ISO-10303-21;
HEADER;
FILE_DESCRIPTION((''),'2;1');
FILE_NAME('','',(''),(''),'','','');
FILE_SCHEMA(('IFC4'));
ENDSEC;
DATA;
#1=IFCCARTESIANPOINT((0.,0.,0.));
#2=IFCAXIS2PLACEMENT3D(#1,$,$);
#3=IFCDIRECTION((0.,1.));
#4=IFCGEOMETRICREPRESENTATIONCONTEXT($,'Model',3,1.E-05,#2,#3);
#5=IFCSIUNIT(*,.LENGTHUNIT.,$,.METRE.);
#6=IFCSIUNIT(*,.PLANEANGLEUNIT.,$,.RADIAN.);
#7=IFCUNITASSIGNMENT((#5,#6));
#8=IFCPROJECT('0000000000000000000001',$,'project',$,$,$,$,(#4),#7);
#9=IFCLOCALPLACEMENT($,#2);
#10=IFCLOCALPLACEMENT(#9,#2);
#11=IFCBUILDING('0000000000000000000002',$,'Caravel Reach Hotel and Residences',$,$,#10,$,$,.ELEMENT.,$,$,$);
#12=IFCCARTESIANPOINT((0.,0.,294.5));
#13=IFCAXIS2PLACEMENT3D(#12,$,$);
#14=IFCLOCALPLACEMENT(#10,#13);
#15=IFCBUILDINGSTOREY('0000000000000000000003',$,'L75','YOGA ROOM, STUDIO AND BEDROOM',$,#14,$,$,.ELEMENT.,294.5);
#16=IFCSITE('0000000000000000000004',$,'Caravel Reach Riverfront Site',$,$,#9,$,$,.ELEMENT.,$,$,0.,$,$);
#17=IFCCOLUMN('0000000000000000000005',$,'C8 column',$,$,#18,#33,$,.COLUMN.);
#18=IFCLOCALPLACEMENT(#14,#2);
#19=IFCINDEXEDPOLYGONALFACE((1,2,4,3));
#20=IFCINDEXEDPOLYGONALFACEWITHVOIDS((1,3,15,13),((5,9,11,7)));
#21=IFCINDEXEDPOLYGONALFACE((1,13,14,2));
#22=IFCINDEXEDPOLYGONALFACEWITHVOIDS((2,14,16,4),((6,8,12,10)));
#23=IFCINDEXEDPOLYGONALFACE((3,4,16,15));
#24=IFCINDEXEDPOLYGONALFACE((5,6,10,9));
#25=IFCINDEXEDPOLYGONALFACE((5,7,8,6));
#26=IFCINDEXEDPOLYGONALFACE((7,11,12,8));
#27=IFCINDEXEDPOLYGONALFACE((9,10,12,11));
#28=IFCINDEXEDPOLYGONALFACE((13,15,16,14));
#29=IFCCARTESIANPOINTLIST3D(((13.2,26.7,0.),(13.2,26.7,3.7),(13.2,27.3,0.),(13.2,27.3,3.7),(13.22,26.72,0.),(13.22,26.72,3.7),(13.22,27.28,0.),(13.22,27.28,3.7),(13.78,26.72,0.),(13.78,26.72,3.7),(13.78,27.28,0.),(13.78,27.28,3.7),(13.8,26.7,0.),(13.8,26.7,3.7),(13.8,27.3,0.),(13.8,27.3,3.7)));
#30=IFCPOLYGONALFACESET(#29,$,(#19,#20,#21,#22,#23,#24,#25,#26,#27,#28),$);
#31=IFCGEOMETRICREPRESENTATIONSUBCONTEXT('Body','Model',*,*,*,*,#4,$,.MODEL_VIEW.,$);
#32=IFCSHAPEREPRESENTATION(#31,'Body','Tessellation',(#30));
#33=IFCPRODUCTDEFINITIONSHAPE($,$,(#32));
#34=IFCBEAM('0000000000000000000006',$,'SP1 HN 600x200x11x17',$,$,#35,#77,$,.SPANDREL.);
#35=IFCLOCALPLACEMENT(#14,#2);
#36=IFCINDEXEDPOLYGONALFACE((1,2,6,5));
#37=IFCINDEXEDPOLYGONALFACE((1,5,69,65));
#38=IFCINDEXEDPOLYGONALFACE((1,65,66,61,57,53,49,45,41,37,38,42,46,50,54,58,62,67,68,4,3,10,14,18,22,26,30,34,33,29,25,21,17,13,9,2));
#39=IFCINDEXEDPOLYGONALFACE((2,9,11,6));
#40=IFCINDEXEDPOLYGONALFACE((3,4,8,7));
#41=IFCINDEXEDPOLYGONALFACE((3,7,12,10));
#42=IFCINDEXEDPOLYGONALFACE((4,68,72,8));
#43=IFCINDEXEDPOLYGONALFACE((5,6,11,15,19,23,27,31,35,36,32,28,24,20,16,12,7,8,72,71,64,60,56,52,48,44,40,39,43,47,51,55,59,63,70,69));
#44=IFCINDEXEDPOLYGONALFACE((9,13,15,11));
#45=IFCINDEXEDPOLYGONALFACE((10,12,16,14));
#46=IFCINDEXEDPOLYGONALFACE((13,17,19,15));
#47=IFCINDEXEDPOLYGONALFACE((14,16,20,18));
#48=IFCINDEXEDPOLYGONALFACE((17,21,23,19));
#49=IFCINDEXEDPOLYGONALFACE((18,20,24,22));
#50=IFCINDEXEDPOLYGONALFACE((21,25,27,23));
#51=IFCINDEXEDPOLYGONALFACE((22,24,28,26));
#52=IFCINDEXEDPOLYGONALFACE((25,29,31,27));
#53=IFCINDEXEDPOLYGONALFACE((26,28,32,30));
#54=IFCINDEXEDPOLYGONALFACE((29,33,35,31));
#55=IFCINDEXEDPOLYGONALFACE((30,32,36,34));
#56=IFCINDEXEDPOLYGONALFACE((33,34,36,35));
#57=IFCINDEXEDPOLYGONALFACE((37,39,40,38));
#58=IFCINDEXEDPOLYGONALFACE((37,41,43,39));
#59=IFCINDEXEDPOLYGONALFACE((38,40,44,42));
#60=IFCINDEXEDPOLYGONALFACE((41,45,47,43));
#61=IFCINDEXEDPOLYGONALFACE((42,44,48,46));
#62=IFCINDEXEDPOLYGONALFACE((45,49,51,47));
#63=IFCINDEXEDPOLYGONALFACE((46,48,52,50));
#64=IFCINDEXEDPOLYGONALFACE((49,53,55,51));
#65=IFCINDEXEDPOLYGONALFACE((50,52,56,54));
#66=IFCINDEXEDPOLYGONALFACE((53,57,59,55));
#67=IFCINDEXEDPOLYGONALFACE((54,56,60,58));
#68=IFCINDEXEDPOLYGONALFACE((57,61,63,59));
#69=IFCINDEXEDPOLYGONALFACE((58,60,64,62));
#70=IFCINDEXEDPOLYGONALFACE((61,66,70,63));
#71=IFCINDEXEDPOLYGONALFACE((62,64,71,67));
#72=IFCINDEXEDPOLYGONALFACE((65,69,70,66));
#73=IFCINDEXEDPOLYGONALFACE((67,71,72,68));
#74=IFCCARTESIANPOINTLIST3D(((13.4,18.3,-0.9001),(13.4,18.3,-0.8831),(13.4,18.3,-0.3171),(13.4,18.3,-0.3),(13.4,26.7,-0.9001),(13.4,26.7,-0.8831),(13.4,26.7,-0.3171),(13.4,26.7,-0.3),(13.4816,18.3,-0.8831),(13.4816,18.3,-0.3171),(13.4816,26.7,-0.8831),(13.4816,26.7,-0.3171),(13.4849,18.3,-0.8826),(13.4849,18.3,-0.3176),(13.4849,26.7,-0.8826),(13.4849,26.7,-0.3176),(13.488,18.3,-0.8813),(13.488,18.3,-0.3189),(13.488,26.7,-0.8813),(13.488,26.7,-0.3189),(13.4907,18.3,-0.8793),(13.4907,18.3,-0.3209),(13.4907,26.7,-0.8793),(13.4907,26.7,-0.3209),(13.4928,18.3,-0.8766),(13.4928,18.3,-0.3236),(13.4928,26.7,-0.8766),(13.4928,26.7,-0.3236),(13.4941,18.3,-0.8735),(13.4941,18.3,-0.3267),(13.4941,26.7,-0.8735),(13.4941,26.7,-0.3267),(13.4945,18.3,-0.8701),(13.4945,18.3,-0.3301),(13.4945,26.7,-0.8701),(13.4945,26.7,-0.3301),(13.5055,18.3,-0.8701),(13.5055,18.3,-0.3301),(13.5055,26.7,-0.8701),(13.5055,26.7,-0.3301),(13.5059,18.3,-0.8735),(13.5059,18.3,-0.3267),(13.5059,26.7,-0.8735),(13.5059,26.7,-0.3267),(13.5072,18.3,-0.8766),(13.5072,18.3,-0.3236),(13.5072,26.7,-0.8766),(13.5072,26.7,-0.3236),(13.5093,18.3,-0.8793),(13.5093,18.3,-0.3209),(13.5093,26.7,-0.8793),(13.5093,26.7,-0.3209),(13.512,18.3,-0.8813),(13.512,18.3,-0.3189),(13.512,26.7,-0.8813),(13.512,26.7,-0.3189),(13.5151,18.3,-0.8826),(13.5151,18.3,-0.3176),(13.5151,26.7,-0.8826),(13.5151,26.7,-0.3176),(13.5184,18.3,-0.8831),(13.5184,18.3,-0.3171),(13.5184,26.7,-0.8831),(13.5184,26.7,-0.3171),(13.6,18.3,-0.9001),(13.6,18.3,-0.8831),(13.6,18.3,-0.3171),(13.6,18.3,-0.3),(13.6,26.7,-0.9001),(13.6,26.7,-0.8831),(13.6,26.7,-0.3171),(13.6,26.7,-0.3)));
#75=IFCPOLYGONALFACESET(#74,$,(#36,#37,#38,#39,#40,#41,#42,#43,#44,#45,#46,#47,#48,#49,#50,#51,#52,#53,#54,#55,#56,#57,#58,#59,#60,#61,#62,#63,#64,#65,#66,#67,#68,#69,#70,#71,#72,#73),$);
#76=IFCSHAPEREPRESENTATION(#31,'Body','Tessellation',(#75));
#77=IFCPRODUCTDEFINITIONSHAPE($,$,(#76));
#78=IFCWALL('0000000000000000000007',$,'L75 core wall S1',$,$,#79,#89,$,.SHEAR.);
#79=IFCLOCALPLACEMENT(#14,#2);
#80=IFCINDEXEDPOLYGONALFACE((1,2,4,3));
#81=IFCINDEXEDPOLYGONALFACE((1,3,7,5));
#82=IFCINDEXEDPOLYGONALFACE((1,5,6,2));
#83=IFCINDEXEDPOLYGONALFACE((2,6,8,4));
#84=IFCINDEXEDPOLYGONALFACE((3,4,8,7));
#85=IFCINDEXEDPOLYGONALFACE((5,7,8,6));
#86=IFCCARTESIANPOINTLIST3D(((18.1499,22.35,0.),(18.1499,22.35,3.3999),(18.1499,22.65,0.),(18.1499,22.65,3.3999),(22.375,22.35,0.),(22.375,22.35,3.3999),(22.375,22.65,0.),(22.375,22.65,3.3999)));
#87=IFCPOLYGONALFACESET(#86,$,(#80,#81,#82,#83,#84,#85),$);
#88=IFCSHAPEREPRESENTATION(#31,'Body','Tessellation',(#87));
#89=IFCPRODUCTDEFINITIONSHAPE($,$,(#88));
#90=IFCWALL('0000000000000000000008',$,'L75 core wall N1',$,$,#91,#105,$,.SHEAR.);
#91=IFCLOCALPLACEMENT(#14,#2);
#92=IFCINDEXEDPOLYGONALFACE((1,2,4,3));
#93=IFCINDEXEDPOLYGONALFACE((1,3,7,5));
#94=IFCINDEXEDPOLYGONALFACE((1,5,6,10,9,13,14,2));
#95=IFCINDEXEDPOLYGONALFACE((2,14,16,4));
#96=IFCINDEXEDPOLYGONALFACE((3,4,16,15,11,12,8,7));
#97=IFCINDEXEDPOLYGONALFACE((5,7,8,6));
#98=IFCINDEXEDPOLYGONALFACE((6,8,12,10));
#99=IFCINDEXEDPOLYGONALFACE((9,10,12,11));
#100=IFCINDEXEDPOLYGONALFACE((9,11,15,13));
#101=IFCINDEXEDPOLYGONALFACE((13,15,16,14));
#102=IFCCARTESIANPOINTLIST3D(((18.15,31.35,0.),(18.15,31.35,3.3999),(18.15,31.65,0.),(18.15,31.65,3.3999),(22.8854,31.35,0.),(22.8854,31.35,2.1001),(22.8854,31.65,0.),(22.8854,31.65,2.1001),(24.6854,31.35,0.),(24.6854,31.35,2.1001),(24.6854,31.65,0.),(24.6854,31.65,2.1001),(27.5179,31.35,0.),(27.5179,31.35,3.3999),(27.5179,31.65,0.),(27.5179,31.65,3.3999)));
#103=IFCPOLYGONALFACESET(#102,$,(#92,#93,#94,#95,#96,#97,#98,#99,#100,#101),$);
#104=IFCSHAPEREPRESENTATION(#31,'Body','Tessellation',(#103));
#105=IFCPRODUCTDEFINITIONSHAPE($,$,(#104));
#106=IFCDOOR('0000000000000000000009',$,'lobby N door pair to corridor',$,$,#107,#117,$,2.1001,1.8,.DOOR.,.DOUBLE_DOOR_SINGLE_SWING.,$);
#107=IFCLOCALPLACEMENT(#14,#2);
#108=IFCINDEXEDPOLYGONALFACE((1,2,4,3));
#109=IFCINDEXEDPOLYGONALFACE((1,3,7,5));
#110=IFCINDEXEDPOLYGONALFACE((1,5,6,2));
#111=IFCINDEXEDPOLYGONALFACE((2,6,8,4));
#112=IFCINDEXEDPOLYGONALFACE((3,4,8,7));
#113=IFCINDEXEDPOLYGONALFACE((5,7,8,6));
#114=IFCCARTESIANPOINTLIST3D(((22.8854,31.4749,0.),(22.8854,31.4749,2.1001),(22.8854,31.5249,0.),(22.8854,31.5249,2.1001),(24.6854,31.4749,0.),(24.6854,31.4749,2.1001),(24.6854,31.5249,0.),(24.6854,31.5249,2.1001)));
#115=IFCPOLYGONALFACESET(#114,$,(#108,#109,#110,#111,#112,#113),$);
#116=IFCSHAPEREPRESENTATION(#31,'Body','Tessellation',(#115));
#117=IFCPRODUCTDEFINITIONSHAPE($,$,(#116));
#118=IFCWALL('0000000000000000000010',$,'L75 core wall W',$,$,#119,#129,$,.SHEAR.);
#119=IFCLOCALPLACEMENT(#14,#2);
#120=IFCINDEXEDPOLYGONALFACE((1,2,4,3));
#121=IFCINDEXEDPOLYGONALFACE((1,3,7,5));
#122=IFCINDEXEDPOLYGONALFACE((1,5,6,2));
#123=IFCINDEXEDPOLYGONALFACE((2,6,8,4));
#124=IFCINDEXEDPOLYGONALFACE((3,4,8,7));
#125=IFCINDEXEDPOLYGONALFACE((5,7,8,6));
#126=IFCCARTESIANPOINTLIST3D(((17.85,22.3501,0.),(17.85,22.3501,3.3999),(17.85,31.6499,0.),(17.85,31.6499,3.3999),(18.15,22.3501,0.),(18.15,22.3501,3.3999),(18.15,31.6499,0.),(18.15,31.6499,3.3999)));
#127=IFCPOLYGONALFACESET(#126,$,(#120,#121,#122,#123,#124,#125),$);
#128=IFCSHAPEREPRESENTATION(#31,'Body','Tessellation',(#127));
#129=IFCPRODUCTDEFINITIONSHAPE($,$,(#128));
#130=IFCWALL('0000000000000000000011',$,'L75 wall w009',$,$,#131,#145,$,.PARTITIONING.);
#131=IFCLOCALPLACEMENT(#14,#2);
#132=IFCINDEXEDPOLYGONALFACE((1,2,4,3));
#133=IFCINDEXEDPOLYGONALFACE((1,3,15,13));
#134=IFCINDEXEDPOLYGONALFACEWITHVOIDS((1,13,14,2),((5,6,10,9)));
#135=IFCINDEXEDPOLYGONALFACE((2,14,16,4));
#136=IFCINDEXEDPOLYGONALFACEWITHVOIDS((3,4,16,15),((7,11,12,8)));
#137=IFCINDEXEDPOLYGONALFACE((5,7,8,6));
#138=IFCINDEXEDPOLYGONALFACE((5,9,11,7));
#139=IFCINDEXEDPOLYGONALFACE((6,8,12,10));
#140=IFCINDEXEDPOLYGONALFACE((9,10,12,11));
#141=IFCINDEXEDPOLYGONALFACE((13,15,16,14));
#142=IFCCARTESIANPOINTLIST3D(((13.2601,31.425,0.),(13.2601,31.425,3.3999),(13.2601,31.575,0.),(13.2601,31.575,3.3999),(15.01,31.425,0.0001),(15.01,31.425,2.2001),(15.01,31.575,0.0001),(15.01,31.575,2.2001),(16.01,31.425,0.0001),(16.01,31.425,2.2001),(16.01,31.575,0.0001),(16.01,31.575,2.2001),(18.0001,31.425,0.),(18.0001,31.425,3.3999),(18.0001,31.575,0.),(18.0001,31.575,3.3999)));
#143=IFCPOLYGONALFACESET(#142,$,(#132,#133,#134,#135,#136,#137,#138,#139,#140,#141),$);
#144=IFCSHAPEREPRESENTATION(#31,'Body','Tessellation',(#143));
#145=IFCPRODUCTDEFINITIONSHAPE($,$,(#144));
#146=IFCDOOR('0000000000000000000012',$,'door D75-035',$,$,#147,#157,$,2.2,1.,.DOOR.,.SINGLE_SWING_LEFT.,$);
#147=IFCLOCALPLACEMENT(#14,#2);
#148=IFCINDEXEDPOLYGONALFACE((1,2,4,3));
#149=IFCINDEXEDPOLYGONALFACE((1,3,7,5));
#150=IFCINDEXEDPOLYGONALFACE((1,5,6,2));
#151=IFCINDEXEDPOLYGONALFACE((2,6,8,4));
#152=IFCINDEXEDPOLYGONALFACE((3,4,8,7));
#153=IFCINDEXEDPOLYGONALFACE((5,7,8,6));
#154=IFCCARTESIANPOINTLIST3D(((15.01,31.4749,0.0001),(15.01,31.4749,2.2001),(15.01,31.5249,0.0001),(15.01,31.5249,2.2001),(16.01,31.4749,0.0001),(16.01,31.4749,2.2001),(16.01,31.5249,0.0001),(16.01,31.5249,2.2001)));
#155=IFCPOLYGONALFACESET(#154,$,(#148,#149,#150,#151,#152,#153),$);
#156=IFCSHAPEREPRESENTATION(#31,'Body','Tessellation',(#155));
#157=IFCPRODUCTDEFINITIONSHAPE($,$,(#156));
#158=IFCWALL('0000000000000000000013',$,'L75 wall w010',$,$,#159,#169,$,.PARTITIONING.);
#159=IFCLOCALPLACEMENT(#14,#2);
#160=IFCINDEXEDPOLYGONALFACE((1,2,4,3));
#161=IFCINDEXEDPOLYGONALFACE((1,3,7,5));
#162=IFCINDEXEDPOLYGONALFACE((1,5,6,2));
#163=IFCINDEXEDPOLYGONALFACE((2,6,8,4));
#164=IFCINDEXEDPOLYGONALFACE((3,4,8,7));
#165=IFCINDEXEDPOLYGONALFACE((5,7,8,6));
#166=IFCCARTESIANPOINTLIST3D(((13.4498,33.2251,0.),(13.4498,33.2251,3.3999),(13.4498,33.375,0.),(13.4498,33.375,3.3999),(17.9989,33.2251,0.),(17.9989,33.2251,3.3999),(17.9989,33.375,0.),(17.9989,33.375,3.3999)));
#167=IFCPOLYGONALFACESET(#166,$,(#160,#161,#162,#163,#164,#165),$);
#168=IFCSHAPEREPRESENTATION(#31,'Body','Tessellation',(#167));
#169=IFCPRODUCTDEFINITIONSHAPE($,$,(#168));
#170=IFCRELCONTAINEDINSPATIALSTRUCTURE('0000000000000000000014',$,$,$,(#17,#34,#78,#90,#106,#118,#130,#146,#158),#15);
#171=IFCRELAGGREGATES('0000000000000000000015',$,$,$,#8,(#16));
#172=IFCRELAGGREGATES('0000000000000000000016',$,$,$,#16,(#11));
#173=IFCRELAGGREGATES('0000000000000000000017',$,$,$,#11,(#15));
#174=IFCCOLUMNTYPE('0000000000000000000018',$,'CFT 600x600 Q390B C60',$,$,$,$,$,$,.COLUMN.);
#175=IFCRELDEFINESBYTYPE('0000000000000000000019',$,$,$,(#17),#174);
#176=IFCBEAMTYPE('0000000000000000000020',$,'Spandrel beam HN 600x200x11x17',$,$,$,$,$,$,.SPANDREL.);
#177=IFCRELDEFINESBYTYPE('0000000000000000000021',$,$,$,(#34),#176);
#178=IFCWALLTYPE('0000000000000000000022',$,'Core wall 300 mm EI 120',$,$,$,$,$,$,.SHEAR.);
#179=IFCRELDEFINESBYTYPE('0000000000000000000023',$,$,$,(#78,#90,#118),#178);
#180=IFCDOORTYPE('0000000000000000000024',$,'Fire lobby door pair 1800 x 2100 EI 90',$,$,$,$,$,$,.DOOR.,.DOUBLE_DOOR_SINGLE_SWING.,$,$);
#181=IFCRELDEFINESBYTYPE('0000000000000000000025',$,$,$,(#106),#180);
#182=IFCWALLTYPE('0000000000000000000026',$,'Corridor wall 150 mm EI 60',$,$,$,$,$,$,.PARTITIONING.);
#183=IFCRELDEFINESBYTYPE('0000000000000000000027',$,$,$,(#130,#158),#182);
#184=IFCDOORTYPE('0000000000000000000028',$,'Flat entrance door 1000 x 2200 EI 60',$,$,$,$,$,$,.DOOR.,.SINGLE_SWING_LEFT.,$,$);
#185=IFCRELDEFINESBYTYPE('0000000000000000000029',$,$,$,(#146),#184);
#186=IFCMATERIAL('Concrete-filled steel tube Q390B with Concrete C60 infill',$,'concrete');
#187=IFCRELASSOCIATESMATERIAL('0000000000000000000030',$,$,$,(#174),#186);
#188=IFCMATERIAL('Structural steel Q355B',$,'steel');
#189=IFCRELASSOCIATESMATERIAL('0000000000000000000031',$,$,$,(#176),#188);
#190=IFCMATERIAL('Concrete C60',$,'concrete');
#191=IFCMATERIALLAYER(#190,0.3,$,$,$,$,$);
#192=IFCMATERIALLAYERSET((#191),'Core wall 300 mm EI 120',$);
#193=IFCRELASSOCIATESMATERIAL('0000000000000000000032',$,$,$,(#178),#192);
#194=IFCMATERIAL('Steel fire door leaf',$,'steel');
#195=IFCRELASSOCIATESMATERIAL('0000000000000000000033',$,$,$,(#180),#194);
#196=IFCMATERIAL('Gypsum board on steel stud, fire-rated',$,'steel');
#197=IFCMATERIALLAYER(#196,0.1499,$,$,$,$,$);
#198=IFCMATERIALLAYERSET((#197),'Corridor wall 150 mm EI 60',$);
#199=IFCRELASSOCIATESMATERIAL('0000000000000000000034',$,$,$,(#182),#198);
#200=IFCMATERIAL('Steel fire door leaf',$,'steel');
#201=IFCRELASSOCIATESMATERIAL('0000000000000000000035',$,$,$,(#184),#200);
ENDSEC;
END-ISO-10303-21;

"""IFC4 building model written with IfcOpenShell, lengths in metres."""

from ifc_helpers import new_model, si_unit, direction, frame, frame_2d, origin, origin_2d, place, context, subcontext, project, spatial, rectangle, hollow_rectangle, i_section, extrude, material, layer, layer_set, material_profile, profile_set, type_object, element, fill, save


model = new_model("IFC4")

# Units and contexts
model_context = context("Model", 3, precision=1e-05, world=origin(), true_north=direction((0.0, 1.0)))
body_context = subcontext(model_context, "Body", "Model", "MODEL_VIEW")
ifc_project = project(units=[si_unit("LENGTHUNIT", "METRE"), si_unit("PLANEANGLEUNIT", "RADIAN")], contexts=[model_context])

# Site, building, storey
site_placement = place(None, origin())
site = spatial("IfcSite", under=ifc_project, at=site_placement, Name="Caravel Reach Riverfront Site", CompositionType="ELEMENT", RefElevation=0.0)
building_placement = place(site_placement, origin())
building = spatial("IfcBuilding", under=site, at=building_placement, Name="Caravel Reach Hotel and Residences", CompositionType="ELEMENT")
storey_placement = place(building_placement, frame((0.0, 0.0, 294.5)))
storey = spatial("IfcBuildingStorey", under=building, at=storey_placement, Name="L75", Description="YOGA ROOM, STUDIO AND BEDROOM", CompositionType="ELEMENT", Elevation=294.5)

# Column
ifc_material_1 = material(Name="Concrete-filled steel tube Q390B with Concrete C60 infill", Category="concrete")
ifc_material_profile_1 = material_profile(ifc_material_1, hollow_rectangle(XDim=0.6001, YDim=0.6001, WallThickness=0.02, at=origin_2d()), Name="RHS 600x600x20")
ifc_profile_set_1 = profile_set([ifc_material_profile_1], Name="Concrete-filled steel tube Q390B with Concrete C60 infill")
column_type = type_object("IfcColumnType", Name="CFT 600x600 Q390B C60", PredefinedType="COLUMN", material=ifc_profile_set_1)
column_placement = place(storey_placement, frame((13.5, 27.0, 0.0), z_axis=(0.0, 0.0, 1.0), x_axis=(1.0, 0.0, 0.0)))
element("IfcColumn", 1, at=column_placement, inside=storey, type_object=column_type, Name="C8 column", PredefinedType="COLUMN", context=body_context, shape_type="SweptSolid", body=[
    extrude(hollow_rectangle(XDim=0.6001, YDim=0.6001, WallThickness=0.02, at=origin_2d()), origin(), (0.0, 0.0, 1.0), 3.7),
])

# Beam
ifc_material_2 = material(Name="Structural steel Q355B", Category="steel")
ifc_material_profile_2 = material_profile(ifc_material_2, i_section(OverallWidth=0.2, OverallDepth=0.6001, WebThickness=0.011, FlangeThickness=0.0171, FilletRadius=0.0129, at=origin_2d()), Name="HN 600x200x11x17")
ifc_profile_set_2 = profile_set([ifc_material_profile_2], Name="Structural steel Q355B")
beam_type = type_object("IfcBeamType", Name="Spandrel beam HN 600x200x11x17", PredefinedType="SPANDREL", material=ifc_profile_set_2)
beam_placement = place(storey_placement, frame((13.5, 26.7, -0.6001), z_axis=(0.0, -1.0, 0.0), x_axis=(1.0, 0.0, 0.0)))
element("IfcBeam", 2, at=beam_placement, inside=storey, type_object=beam_type, Name="SP1 HN 600x200x11x17", PredefinedType="SPANDREL", context=body_context, shape_type="SweptSolid", body=[
    extrude(i_section(OverallWidth=0.2, OverallDepth=0.6001, WebThickness=0.011, FlangeThickness=0.0171, FilletRadius=0.0129, at=origin_2d()), origin(), (0.0, 0.0, 1.0), 8.3999),
])

# Wall
ifc_material_3 = material(Name="Concrete C60", Category="concrete")
ifc_layer_1 = layer(ifc_material_3, 0.3)
ifc_layer_set_1 = layer_set([ifc_layer_1], Name="Core wall 300 mm EI 120")
wall_type_1 = type_object("IfcWallType", Name="Core wall 300 mm EI 120", PredefinedType="SHEAR", material=ifc_layer_set_1)
wall_1_placement = place(storey_placement, frame((18.1499, 22.5, 0.0), z_axis=(0.0, 0.0, 1.0), x_axis=(1.0, 0.0, 0.0)))
element("IfcWall", 3, at=wall_1_placement, inside=storey, type_object=wall_type_1, Name="L75 core wall S1", PredefinedType="SHEAR", context=body_context, shape_type="SweptSolid", body=[
    extrude(rectangle(XDim=4.2251, YDim=0.3, at=frame_2d((2.1125, 0.0))), origin(), (0.0, 0.0, 1.0), 3.3999),
])

# Wall, opening, door
wall_2_placement = place(storey_placement, frame((18.1499, 31.5, 0.0), z_axis=(0.0, 0.0, 1.0), x_axis=(1.0, 0.0, 0.0)))
wall_2 = element("IfcWall", 4, at=wall_2_placement, inside=storey, type_object=wall_type_1, Name="L75 core wall N1", PredefinedType="SHEAR", context=body_context, shape_type="SweptSolid", body=[
    extrude(rectangle(XDim=9.3679, YDim=0.3, at=frame_2d((4.6841, 0.0))), origin(), (0.0, 0.0, 1.0), 3.3999),
])
opening_1_placement = place(wall_2_placement, frame((4.7356, 0.0, 0.0)))
opening_1 = element("IfcOpeningElement", 5, at=opening_1_placement, cuts=wall_2, PredefinedType="OPENING", context=body_context, shape_type="SweptSolid", body=[
    extrude(rectangle(XDim=1.8, YDim=2.1001, at=frame_2d((0.8999, 1.05))), frame((0.0, 0.1599, 0.0), z_axis=(0.0, -1.0, 0.0), x_axis=(1.0, 0.0, 0.0)), (0.0, 0.0, 1.0), 0.3201),
])
ifc_material_4 = material(Name="Steel fire door leaf", Category="steel")
door_type_1 = type_object("IfcDoorType", Name="Fire lobby door pair 1800 x 2100 EI 90", OperationType="DOUBLE_DOOR_SINGLE_SWING", PredefinedType="DOOR", material=ifc_material_4)
door_1_placement = place(opening_1_placement, origin())
door_1 = element("IfcDoor", 6, at=door_1_placement, inside=storey, type_object=door_type_1, Name="lobby N door pair to corridor", OperationType="DOUBLE_DOOR_SINGLE_SWING", OverallHeight=2.1001, OverallWidth=1.8, PredefinedType="DOOR", context=body_context, shape_type="SweptSolid", body=[
    extrude(rectangle(XDim=1.8, YDim=2.1001, at=frame_2d((0.8999, 1.05))), frame((0.0, 0.0249, 0.0), z_axis=(0.0, -1.0, 0.0), x_axis=(1.0, 0.0, 0.0)), (0.0, 0.0, 1.0), 0.05),
])
fill(opening_1, door_1)

# Wall
wall_3_placement = place(storey_placement, frame((18.0, 22.3501, 0.0), z_axis=(0.0, 0.0, 1.0), x_axis=(0.0, 1.0, 0.0)))
element("IfcWall", 7, at=wall_3_placement, inside=storey, type_object=wall_type_1, Name="L75 core wall W", PredefinedType="SHEAR", context=body_context, shape_type="SweptSolid", body=[
    extrude(rectangle(XDim=9.2998, YDim=0.3, at=frame_2d((4.6499, 0.0))), origin(), (0.0, 0.0, 1.0), 3.3999),
])

# Wall, opening, door
ifc_material_5 = material(Name="Gypsum board on steel stud, fire-rated", Category="steel")
ifc_layer_2 = layer(ifc_material_5, 0.1499)
ifc_layer_set_2 = layer_set([ifc_layer_2], Name="Corridor wall 150 mm EI 60")
wall_type_2 = type_object("IfcWallType", Name="Corridor wall 150 mm EI 60", PredefinedType="PARTITIONING", material=ifc_layer_set_2)
wall_4_placement = place(storey_placement, frame((13.26, 31.5, 0.0), z_axis=(0.0, 0.0, 1.0), x_axis=(1.0, 0.0, 0.0)))
wall_4 = element("IfcWall", 8, at=wall_4_placement, inside=storey, type_object=wall_type_2, Name="L75 wall w009", PredefinedType="PARTITIONING", context=body_context, shape_type="SweptSolid", body=[
    extrude(rectangle(XDim=4.74, YDim=0.1499, at=frame_2d((2.3701, 0.0))), origin(), (0.0, 0.0, 1.0), 3.3999),
])
opening_2_placement = place(wall_4_placement, frame((1.75, 0.0, 0.0)))
opening_2 = element("IfcOpeningElement", 9, at=opening_2_placement, cuts=wall_4, PredefinedType="OPENING", context=body_context, shape_type="SweptSolid", body=[
    extrude(rectangle(XDim=1.0, YDim=2.2, at=frame_2d((0.5, 1.1001))), frame((0.0, 0.085, 0.0), z_axis=(0.0, -1.0, 0.0), x_axis=(1.0, 0.0, 0.0)), (0.0, 0.0, 1.0), 0.1699),
])
ifc_material_6 = material(Name="Steel fire door leaf", Category="steel")
door_type_2 = type_object("IfcDoorType", Name="Flat entrance door 1000 x 2200 EI 60", OperationType="SINGLE_SWING_LEFT", PredefinedType="DOOR", material=ifc_material_6)
door_2_placement = place(opening_2_placement, origin())
door_2 = element("IfcDoor", 10, at=door_2_placement, inside=storey, type_object=door_type_2, Name="door D75-035", OperationType="SINGLE_SWING_LEFT", OverallHeight=2.2, OverallWidth=1.0, PredefinedType="DOOR", context=body_context, shape_type="SweptSolid", body=[
    extrude(rectangle(XDim=1.0, YDim=2.2, at=frame_2d((0.5, 1.1001))), frame((0.0, 0.0249, 0.0), z_axis=(0.0, -1.0, 0.0), x_axis=(1.0, 0.0, 0.0)), (0.0, 0.0, 1.0), 0.05),
])
fill(opening_2, door_2)

# Wall
wall_5_placement = place(storey_placement, frame((13.45, 33.3, 0.0), z_axis=(0.0, 0.0, 1.0), x_axis=(1.0, 0.0, 0.0)))
element("IfcWall", 11, at=wall_5_placement, inside=storey, type_object=wall_type_2, Name="L75 wall w010", PredefinedType="PARTITIONING", context=body_context, shape_type="SweptSolid", body=[
    extrude(rectangle(XDim=4.5491, YDim=0.1499, at=frame_2d((2.2744, 0.0))), origin(), (0.0, 0.0, 1.0), 3.3999),
])

save(model, "model.ifc")
